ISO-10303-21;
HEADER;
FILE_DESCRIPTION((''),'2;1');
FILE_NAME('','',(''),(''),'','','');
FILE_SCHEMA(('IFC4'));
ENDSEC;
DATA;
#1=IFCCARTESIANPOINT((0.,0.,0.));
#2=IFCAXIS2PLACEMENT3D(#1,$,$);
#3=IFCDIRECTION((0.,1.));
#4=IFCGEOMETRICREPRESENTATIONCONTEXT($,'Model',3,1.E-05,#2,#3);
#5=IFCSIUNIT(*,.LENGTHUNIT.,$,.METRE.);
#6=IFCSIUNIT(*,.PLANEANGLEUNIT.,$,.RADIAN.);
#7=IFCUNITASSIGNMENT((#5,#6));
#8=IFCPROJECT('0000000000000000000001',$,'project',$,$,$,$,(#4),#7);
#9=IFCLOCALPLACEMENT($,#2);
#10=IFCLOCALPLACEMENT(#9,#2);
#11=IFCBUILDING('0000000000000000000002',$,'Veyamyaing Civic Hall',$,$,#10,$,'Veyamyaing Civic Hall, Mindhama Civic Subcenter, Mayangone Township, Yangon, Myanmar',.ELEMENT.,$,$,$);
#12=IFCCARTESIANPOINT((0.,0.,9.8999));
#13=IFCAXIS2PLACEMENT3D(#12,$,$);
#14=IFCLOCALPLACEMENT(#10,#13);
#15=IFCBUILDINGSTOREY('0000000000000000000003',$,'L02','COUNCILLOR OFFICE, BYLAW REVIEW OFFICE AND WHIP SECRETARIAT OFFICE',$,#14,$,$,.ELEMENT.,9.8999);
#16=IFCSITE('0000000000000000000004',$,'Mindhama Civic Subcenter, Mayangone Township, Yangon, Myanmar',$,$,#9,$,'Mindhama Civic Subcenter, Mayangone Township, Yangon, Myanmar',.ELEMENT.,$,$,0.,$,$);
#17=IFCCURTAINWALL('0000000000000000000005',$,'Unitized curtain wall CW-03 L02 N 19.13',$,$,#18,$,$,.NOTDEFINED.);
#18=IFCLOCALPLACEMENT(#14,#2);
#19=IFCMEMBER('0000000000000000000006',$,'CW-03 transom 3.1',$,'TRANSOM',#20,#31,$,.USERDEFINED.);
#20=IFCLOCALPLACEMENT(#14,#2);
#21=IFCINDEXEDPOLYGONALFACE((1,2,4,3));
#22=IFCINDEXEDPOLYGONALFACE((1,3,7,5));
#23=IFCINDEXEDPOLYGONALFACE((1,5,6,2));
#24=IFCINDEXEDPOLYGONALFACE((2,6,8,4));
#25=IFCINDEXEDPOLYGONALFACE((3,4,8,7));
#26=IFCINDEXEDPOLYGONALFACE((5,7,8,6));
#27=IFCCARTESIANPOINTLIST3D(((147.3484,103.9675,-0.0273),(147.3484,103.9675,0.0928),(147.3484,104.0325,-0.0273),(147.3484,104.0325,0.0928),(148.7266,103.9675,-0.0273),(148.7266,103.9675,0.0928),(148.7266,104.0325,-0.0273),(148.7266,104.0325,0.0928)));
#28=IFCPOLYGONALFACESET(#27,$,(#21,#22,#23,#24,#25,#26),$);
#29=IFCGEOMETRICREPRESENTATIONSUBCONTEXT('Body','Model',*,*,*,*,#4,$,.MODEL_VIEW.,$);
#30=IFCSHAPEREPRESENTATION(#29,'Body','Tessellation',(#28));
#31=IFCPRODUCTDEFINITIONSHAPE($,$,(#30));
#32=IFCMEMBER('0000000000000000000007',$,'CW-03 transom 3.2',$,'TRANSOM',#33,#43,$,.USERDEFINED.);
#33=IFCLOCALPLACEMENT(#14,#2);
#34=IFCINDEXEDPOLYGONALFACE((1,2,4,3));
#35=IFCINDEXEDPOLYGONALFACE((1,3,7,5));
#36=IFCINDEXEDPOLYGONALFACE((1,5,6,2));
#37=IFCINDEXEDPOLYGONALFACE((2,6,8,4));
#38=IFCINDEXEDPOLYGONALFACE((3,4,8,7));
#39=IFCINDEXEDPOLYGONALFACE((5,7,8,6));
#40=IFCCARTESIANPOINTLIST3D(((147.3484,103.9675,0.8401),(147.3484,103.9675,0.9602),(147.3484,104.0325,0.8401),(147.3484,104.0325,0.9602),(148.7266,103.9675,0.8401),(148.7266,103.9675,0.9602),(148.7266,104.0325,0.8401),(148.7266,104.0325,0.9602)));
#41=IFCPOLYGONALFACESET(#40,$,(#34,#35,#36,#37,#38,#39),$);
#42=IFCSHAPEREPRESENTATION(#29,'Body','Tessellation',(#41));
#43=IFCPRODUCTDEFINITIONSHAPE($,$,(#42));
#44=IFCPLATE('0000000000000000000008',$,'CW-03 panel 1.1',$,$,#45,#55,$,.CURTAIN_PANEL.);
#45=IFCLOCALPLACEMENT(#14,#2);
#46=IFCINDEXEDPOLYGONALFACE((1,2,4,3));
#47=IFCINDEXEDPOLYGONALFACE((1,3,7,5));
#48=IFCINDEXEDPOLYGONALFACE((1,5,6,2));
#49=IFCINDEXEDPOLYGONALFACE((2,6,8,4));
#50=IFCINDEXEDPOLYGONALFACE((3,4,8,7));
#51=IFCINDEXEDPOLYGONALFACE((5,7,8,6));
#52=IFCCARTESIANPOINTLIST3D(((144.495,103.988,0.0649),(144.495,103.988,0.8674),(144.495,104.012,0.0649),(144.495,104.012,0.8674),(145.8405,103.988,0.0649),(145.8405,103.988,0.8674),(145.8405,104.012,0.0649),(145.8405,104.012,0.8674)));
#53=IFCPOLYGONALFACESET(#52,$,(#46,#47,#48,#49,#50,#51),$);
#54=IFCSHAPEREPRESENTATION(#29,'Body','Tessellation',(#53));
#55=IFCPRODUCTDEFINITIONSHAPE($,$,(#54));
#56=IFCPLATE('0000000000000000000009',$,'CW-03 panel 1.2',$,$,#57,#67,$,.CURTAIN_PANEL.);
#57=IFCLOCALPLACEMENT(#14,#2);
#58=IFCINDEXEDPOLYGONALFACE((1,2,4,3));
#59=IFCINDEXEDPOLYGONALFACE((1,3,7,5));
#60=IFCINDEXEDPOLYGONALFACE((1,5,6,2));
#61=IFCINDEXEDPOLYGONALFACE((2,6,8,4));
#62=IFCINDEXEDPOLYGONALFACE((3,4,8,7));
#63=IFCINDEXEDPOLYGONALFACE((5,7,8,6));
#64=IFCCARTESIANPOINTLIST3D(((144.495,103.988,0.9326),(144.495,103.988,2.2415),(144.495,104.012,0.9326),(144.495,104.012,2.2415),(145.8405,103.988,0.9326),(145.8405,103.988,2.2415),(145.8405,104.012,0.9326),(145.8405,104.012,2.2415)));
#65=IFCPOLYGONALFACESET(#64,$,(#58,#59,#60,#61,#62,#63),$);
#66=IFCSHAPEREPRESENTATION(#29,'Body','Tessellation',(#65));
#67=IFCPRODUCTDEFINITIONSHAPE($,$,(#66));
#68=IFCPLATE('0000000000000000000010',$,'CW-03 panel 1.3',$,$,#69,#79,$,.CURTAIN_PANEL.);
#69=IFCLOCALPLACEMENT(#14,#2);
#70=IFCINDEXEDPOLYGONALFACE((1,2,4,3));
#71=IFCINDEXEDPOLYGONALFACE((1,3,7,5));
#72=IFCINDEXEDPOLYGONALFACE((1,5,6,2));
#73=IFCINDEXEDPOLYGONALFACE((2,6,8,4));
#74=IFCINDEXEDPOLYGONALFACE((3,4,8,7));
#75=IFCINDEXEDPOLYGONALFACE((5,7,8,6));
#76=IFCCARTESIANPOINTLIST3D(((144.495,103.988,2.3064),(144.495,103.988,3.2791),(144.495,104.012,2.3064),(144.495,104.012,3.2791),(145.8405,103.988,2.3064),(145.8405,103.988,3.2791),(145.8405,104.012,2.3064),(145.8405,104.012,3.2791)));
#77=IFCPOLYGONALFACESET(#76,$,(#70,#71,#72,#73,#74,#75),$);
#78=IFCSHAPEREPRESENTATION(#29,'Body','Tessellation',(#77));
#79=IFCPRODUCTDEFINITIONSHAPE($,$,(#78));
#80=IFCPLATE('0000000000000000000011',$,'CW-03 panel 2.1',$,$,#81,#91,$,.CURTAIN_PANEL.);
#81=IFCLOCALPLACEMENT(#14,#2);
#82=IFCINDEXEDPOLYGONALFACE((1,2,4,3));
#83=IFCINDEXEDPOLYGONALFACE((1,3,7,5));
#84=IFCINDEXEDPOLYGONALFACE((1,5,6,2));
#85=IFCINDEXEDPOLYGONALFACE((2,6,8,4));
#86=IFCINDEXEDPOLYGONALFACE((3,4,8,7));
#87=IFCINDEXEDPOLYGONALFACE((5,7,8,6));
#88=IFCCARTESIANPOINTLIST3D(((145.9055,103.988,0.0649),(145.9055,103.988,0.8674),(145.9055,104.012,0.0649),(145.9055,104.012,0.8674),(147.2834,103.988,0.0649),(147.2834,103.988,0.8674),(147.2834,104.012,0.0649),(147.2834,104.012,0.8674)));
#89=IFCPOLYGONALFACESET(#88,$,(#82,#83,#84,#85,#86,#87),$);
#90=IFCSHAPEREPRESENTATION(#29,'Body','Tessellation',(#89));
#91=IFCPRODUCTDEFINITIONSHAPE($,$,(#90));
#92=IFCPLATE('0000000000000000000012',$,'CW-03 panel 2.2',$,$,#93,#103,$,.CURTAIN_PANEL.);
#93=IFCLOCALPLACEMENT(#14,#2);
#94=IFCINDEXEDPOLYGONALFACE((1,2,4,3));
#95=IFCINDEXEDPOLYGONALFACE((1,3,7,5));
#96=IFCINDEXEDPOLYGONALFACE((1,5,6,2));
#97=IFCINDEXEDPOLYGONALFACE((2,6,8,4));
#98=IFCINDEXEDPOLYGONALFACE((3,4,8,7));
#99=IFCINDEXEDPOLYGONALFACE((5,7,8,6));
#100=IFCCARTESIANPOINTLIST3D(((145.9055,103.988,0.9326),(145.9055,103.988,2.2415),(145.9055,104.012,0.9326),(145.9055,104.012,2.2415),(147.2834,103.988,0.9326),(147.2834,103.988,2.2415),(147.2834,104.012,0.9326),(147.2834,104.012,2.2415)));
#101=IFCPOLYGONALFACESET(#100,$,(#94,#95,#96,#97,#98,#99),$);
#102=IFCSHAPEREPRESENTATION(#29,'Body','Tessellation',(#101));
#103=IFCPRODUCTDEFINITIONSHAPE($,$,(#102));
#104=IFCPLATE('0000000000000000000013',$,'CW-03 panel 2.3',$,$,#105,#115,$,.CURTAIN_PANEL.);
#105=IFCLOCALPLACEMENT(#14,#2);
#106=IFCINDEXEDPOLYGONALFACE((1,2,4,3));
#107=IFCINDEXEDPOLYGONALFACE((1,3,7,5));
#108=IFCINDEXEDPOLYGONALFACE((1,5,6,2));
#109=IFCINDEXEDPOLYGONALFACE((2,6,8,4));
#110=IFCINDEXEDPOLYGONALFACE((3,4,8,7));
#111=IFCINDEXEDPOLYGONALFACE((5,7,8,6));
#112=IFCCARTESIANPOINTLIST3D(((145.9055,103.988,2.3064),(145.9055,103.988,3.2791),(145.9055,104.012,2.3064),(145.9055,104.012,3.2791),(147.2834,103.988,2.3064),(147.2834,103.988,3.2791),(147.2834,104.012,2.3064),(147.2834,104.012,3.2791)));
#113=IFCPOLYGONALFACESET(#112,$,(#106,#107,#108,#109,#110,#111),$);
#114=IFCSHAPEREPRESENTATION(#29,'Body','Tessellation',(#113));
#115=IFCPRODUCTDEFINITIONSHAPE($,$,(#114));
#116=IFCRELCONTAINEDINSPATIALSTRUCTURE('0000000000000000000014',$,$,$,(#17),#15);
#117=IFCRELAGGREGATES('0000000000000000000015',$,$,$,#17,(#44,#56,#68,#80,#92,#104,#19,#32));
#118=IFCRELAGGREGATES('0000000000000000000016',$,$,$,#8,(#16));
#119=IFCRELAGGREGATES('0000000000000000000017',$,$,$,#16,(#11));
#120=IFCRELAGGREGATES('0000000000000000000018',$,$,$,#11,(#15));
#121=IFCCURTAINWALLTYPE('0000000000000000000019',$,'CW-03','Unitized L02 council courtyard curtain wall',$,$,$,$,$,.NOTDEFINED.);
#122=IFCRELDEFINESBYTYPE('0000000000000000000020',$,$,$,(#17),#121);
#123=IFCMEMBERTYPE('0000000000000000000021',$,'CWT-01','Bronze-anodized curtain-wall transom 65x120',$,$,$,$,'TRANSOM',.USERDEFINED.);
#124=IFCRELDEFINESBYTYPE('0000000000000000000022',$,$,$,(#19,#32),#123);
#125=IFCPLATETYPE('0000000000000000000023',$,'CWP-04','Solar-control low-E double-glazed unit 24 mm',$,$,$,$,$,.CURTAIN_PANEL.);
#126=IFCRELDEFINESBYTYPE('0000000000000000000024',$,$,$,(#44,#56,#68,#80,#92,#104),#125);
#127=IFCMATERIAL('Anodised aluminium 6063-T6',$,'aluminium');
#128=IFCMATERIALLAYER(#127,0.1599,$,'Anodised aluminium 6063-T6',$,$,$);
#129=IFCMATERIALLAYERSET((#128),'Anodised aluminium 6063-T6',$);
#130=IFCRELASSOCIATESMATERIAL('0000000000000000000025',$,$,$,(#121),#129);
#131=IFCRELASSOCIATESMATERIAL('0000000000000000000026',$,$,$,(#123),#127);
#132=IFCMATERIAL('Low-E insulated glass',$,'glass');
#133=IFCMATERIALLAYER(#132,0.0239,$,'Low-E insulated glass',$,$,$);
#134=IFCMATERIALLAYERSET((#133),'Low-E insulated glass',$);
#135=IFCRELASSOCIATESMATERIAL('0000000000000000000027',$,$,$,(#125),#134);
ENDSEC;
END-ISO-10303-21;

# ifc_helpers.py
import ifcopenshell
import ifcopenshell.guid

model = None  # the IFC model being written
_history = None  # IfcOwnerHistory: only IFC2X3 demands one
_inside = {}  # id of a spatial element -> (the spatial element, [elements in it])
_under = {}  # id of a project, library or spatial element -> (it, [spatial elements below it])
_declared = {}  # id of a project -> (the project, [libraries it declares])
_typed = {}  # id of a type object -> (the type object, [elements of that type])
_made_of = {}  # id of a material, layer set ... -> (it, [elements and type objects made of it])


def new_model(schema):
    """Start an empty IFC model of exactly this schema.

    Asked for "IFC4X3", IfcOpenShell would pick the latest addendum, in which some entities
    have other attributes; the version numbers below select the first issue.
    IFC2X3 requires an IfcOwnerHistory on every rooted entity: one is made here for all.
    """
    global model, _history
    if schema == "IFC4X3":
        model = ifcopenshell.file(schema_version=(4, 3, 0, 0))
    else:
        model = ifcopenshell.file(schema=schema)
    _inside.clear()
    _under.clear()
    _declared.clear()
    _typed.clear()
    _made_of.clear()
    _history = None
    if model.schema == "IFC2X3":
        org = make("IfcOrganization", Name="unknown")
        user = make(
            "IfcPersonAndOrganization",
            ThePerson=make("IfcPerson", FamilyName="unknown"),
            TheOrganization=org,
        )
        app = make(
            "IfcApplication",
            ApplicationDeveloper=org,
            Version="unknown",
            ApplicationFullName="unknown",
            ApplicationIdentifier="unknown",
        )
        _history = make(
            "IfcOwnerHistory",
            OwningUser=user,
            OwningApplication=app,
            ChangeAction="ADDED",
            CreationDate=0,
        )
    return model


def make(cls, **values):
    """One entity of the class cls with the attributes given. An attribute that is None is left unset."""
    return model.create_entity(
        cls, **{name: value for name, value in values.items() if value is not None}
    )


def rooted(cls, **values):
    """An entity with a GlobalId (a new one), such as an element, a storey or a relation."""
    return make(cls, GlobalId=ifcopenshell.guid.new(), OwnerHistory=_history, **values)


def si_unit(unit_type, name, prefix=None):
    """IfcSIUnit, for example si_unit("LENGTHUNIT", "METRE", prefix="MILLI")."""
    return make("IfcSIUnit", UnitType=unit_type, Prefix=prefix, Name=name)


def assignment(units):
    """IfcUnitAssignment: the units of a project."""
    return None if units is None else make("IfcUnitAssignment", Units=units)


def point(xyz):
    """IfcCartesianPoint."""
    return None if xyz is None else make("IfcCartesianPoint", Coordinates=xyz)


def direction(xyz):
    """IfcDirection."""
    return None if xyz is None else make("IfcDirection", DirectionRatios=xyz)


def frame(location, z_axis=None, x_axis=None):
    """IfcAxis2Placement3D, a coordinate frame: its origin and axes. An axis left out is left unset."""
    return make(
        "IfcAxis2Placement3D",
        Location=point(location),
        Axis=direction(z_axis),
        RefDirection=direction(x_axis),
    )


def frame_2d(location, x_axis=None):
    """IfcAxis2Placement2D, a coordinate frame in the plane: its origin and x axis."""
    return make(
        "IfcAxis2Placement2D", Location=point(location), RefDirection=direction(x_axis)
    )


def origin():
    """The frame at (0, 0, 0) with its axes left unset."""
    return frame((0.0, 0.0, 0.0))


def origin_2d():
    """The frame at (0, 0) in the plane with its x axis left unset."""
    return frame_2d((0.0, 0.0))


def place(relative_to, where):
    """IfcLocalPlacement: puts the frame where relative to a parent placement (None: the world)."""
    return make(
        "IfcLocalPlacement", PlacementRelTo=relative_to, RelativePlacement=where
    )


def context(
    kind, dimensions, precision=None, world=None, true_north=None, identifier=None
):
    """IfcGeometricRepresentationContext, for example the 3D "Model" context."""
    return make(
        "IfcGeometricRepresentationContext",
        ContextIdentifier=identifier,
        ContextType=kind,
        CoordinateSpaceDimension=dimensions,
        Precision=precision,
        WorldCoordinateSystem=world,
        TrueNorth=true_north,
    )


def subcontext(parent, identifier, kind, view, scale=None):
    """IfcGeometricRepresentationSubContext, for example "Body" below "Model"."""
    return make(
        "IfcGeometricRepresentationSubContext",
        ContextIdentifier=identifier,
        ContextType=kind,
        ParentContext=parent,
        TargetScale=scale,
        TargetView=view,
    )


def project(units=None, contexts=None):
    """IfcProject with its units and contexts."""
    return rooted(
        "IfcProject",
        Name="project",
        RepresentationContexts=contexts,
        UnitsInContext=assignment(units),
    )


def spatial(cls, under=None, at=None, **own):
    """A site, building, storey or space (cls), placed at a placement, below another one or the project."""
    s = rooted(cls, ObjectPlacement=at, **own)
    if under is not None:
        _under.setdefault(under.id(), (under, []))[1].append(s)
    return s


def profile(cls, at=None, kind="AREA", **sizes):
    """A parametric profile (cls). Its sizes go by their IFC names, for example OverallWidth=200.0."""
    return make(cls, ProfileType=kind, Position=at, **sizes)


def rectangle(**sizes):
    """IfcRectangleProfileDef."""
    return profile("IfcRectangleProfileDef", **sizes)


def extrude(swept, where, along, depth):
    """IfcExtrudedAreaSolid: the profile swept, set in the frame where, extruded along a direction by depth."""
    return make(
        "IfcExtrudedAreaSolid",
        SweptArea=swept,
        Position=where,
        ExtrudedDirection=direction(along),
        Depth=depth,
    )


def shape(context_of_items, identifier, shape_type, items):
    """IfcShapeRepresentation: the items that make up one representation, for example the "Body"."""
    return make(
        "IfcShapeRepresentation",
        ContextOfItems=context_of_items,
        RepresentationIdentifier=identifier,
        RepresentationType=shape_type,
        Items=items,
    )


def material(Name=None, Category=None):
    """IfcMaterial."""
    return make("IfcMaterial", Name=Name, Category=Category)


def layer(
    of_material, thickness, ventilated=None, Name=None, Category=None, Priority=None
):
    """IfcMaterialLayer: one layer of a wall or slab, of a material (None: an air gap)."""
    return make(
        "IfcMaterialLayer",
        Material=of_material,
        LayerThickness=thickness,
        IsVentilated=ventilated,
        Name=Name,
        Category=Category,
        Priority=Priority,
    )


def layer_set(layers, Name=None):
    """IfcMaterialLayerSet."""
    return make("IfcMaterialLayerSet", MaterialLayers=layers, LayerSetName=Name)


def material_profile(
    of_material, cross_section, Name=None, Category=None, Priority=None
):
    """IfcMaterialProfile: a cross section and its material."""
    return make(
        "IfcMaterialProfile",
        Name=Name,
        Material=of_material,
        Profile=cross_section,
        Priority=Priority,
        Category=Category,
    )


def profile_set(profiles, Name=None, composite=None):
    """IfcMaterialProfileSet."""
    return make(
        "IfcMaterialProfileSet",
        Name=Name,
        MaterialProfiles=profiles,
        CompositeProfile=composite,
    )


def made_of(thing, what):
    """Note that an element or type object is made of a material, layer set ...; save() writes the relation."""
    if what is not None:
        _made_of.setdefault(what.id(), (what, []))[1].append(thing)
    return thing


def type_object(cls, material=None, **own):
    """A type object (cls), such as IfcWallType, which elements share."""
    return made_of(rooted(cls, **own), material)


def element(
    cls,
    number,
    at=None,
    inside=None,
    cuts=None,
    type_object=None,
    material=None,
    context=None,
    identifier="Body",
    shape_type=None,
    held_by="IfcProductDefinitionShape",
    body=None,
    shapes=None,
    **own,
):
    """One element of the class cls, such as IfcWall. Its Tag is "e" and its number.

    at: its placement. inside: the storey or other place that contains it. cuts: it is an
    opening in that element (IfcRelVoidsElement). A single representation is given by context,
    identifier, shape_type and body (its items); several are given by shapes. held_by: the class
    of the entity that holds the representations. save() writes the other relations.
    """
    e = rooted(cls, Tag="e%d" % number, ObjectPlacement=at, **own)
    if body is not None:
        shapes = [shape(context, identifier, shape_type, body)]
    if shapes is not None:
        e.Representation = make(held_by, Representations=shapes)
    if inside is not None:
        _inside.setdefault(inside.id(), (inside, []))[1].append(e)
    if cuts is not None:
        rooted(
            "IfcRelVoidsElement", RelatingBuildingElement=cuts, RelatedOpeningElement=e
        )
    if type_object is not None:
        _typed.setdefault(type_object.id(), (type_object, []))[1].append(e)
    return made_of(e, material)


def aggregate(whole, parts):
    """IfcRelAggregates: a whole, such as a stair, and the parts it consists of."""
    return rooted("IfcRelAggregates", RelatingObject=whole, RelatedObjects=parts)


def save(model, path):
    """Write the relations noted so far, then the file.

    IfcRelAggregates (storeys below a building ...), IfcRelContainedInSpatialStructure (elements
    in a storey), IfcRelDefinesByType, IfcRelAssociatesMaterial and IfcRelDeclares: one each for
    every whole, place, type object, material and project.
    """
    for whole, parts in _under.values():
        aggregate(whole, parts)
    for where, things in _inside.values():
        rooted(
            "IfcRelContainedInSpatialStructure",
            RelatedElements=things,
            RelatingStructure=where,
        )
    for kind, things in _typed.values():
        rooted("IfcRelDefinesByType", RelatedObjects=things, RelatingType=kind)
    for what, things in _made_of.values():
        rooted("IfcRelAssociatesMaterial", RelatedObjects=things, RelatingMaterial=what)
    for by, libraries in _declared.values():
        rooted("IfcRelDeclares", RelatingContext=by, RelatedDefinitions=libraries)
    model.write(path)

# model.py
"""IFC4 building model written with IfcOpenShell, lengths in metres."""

from ifc_helpers import new_model, si_unit, direction, frame, origin, origin_2d, place, context, subcontext, project, spatial, rectangle, extrude, material, layer, layer_set, material_profile, profile_set, type_object, element, aggregate, save


model = new_model("IFC4")

# Units and contexts
model_context = context("Model", 3, precision=1e-05, world=origin(), true_north=direction((0.0, 1.0)))
body_context = subcontext(model_context, "Body", "Model", "MODEL_VIEW")
ifc_project = project(units=[si_unit("LENGTHUNIT", "METRE"), si_unit("PLANEANGLEUNIT", "RADIAN")], contexts=[model_context])

# Site, building, storey
site_placement = place(None, origin())
site = spatial("IfcSite", under=ifc_project, at=site_placement, Name="Mindhama Civic Subcenter, Mayangone Township, Yangon, Myanmar", LongName="Mindhama Civic Subcenter, Mayangone Township, Yangon, Myanmar", CompositionType="ELEMENT", RefElevation=0.0)
building_placement = place(site_placement, origin())
building = spatial("IfcBuilding", under=site, at=building_placement, Name="Veyamyaing Civic Hall", LongName="Veyamyaing Civic Hall, Mindhama Civic Subcenter, Mayangone Township, Yangon, Myanmar", CompositionType="ELEMENT")
storey_placement = place(building_placement, frame((0.0, 0.0, 9.8999)))
storey = spatial("IfcBuildingStorey", under=building, at=storey_placement, Name="L02", Description="COUNCILLOR OFFICE, BYLAW REVIEW OFFICE AND WHIP SECRETARIAT OFFICE", CompositionType="ELEMENT", Elevation=9.8999)

# Curtain wall, members, plates
ifc_material_1 = material(Name="Anodised aluminium 6063-T6", Category="aluminium")
ifc_layer_1 = layer(ifc_material_1, 0.1599, Name="Anodised aluminium 6063-T6")
ifc_layer_set_1 = layer_set([ifc_layer_1], Name="Anodised aluminium 6063-T6")
curtain_wall_type = type_object("IfcCurtainWallType", Name="CW-03", Description="Unitized L02 council courtyard curtain wall", PredefinedType="NOTDEFINED", material=ifc_layer_set_1)
curtain_wall_placement = place(storey_placement, origin())
curtain_wall = element("IfcCurtainWall", 1, at=curtain_wall_placement, inside=storey, type_object=curtain_wall_type, Name="Unitized curtain wall CW-03 L02 N 19.13", PredefinedType="NOTDEFINED")
ifc_material_profile_1 = material_profile(ifc_material_1, rectangle(XDim=0.0649, YDim=0.1201, at=origin_2d()), Name="ALU-TRN-65X120")
ifc_profile_set_1 = profile_set([ifc_material_profile_1], Name="Anodised aluminium 6063-T6")
member_type_1 = type_object("IfcMemberType", Name="CWT-01", Description="Bronze-anodized curtain-wall transom 65x120", ElementType="TRANSOM", PredefinedType="USERDEFINED", material=ifc_profile_set_1)
member_1_placement = place(storey_placement, frame((147.3484, 104.0, 0.0327), z_axis=(1.0, 0.0, 0.0), x_axis=(0.0, 1.0, 0.0)))
member_1 = element("IfcMember", 2, at=member_1_placement, type_object=member_type_1, Name="CW-03 transom 3.1", ObjectType="TRANSOM", PredefinedType="USERDEFINED", context=body_context, shape_type="SweptSolid", body=[
    extrude(rectangle(XDim=0.0649, YDim=0.1201, at=origin_2d()), origin(), (0.0, 0.0, 1.0), 1.3782),
])
member_2_placement = place(storey_placement, frame((147.3484, 104.0, 0.9001), z_axis=(1.0, 0.0, 0.0), x_axis=(0.0, 1.0, 0.0)))
member_2 = element("IfcMember", 3, at=member_2_placement, type_object=member_type_1, Name="CW-03 transom 3.2", ObjectType="TRANSOM", PredefinedType="USERDEFINED", context=body_context, shape_type="SweptSolid", body=[
    extrude(rectangle(XDim=0.0649, YDim=0.1201, at=origin_2d()), origin(), (0.0, 0.0, 1.0), 1.3782),
])
ifc_material_2 = material(Name="Low-E insulated glass", Category="glass")
ifc_layer_2 = layer(ifc_material_2, 0.0239, Name="Low-E insulated glass")
ifc_layer_set_2 = layer_set([ifc_layer_2], Name="Low-E insulated glass")
plate_type = type_object("IfcPlateType", Name="CWP-04", Description="Solar-control low-E double-glazed unit 24 mm", PredefinedType="CURTAIN_PANEL", material=ifc_layer_set_2)
plate_1_placement = place(storey_placement, frame((145.1677, 104.0, 0.0649), z_axis=(0.0, 0.0, 1.0), x_axis=(1.0, 0.0, 0.0)))
plate_1 = element("IfcPlate", 4, at=plate_1_placement, type_object=plate_type, Name="CW-03 panel 1.1", PredefinedType="CURTAIN_PANEL", context=body_context, shape_type="SweptSolid", body=[
    extrude(rectangle(XDim=1.3455, YDim=0.0239, at=origin_2d()), origin(), (0.0, 0.0, 1.0), 0.8025),
])
plate_2_placement = place(storey_placement, frame((145.1677, 104.0, 0.9326), z_axis=(0.0, 0.0, 1.0), x_axis=(1.0, 0.0, 0.0)))
plate_2 = element("IfcPlate", 5, at=plate_2_placement, type_object=plate_type, Name="CW-03 panel 1.2", PredefinedType="CURTAIN_PANEL", context=body_context, shape_type="SweptSolid", body=[
    extrude(rectangle(XDim=1.3455, YDim=0.0239, at=origin_2d()), origin(), (0.0, 0.0, 1.0), 1.3088),
])
plate_3_placement = place(storey_placement, frame((145.1677, 104.0, 2.3064), z_axis=(0.0, 0.0, 1.0), x_axis=(1.0, 0.0, 0.0)))
plate_3 = element("IfcPlate", 6, at=plate_3_placement, type_object=plate_type, Name="CW-03 panel 1.3", PredefinedType="CURTAIN_PANEL", context=body_context, shape_type="SweptSolid", body=[
    extrude(rectangle(XDim=1.3455, YDim=0.0239, at=origin_2d()), origin(), (0.0, 0.0, 1.0), 0.9727),
])
plate_4_placement = place(storey_placement, frame((146.5945, 104.0, 0.0649), z_axis=(0.0, 0.0, 1.0), x_axis=(1.0, 0.0, 0.0)))
plate_4 = element("IfcPlate", 7, at=plate_4_placement, type_object=plate_type, Name="CW-03 panel 2.1", PredefinedType="CURTAIN_PANEL", context=body_context, shape_type="SweptSolid", body=[
    extrude(rectangle(XDim=1.3779, YDim=0.0239, at=origin_2d()), origin(), (0.0, 0.0, 1.0), 0.8025),
])
plate_5_placement = place(storey_placement, frame((146.5945, 104.0, 0.9326), z_axis=(0.0, 0.0, 1.0), x_axis=(1.0, 0.0, 0.0)))
plate_5 = element("IfcPlate", 8, at=plate_5_placement, type_object=plate_type, Name="CW-03 panel 2.2", PredefinedType="CURTAIN_PANEL", context=body_context, shape_type="SweptSolid", body=[
    extrude(rectangle(XDim=1.3779, YDim=0.0239, at=origin_2d()), origin(), (0.0, 0.0, 1.0), 1.3088),
])
plate_6_placement = place(storey_placement, frame((146.5945, 104.0, 2.3064), z_axis=(0.0, 0.0, 1.0), x_axis=(1.0, 0.0, 0.0)))
plate_6 = element("IfcPlate", 9, at=plate_6_placement, type_object=plate_type, Name="CW-03 panel 2.3", PredefinedType="CURTAIN_PANEL", context=body_context, shape_type="SweptSolid", body=[
    extrude(rectangle(XDim=1.3779, YDim=0.0239, at=origin_2d()), origin(), (0.0, 0.0, 1.0), 0.9727),
])
aggregate(curtain_wall, [plate_1, plate_2, plate_3, plate_4, plate_5, plate_6, member_1, member_2])

save(model, "model.ifc")
